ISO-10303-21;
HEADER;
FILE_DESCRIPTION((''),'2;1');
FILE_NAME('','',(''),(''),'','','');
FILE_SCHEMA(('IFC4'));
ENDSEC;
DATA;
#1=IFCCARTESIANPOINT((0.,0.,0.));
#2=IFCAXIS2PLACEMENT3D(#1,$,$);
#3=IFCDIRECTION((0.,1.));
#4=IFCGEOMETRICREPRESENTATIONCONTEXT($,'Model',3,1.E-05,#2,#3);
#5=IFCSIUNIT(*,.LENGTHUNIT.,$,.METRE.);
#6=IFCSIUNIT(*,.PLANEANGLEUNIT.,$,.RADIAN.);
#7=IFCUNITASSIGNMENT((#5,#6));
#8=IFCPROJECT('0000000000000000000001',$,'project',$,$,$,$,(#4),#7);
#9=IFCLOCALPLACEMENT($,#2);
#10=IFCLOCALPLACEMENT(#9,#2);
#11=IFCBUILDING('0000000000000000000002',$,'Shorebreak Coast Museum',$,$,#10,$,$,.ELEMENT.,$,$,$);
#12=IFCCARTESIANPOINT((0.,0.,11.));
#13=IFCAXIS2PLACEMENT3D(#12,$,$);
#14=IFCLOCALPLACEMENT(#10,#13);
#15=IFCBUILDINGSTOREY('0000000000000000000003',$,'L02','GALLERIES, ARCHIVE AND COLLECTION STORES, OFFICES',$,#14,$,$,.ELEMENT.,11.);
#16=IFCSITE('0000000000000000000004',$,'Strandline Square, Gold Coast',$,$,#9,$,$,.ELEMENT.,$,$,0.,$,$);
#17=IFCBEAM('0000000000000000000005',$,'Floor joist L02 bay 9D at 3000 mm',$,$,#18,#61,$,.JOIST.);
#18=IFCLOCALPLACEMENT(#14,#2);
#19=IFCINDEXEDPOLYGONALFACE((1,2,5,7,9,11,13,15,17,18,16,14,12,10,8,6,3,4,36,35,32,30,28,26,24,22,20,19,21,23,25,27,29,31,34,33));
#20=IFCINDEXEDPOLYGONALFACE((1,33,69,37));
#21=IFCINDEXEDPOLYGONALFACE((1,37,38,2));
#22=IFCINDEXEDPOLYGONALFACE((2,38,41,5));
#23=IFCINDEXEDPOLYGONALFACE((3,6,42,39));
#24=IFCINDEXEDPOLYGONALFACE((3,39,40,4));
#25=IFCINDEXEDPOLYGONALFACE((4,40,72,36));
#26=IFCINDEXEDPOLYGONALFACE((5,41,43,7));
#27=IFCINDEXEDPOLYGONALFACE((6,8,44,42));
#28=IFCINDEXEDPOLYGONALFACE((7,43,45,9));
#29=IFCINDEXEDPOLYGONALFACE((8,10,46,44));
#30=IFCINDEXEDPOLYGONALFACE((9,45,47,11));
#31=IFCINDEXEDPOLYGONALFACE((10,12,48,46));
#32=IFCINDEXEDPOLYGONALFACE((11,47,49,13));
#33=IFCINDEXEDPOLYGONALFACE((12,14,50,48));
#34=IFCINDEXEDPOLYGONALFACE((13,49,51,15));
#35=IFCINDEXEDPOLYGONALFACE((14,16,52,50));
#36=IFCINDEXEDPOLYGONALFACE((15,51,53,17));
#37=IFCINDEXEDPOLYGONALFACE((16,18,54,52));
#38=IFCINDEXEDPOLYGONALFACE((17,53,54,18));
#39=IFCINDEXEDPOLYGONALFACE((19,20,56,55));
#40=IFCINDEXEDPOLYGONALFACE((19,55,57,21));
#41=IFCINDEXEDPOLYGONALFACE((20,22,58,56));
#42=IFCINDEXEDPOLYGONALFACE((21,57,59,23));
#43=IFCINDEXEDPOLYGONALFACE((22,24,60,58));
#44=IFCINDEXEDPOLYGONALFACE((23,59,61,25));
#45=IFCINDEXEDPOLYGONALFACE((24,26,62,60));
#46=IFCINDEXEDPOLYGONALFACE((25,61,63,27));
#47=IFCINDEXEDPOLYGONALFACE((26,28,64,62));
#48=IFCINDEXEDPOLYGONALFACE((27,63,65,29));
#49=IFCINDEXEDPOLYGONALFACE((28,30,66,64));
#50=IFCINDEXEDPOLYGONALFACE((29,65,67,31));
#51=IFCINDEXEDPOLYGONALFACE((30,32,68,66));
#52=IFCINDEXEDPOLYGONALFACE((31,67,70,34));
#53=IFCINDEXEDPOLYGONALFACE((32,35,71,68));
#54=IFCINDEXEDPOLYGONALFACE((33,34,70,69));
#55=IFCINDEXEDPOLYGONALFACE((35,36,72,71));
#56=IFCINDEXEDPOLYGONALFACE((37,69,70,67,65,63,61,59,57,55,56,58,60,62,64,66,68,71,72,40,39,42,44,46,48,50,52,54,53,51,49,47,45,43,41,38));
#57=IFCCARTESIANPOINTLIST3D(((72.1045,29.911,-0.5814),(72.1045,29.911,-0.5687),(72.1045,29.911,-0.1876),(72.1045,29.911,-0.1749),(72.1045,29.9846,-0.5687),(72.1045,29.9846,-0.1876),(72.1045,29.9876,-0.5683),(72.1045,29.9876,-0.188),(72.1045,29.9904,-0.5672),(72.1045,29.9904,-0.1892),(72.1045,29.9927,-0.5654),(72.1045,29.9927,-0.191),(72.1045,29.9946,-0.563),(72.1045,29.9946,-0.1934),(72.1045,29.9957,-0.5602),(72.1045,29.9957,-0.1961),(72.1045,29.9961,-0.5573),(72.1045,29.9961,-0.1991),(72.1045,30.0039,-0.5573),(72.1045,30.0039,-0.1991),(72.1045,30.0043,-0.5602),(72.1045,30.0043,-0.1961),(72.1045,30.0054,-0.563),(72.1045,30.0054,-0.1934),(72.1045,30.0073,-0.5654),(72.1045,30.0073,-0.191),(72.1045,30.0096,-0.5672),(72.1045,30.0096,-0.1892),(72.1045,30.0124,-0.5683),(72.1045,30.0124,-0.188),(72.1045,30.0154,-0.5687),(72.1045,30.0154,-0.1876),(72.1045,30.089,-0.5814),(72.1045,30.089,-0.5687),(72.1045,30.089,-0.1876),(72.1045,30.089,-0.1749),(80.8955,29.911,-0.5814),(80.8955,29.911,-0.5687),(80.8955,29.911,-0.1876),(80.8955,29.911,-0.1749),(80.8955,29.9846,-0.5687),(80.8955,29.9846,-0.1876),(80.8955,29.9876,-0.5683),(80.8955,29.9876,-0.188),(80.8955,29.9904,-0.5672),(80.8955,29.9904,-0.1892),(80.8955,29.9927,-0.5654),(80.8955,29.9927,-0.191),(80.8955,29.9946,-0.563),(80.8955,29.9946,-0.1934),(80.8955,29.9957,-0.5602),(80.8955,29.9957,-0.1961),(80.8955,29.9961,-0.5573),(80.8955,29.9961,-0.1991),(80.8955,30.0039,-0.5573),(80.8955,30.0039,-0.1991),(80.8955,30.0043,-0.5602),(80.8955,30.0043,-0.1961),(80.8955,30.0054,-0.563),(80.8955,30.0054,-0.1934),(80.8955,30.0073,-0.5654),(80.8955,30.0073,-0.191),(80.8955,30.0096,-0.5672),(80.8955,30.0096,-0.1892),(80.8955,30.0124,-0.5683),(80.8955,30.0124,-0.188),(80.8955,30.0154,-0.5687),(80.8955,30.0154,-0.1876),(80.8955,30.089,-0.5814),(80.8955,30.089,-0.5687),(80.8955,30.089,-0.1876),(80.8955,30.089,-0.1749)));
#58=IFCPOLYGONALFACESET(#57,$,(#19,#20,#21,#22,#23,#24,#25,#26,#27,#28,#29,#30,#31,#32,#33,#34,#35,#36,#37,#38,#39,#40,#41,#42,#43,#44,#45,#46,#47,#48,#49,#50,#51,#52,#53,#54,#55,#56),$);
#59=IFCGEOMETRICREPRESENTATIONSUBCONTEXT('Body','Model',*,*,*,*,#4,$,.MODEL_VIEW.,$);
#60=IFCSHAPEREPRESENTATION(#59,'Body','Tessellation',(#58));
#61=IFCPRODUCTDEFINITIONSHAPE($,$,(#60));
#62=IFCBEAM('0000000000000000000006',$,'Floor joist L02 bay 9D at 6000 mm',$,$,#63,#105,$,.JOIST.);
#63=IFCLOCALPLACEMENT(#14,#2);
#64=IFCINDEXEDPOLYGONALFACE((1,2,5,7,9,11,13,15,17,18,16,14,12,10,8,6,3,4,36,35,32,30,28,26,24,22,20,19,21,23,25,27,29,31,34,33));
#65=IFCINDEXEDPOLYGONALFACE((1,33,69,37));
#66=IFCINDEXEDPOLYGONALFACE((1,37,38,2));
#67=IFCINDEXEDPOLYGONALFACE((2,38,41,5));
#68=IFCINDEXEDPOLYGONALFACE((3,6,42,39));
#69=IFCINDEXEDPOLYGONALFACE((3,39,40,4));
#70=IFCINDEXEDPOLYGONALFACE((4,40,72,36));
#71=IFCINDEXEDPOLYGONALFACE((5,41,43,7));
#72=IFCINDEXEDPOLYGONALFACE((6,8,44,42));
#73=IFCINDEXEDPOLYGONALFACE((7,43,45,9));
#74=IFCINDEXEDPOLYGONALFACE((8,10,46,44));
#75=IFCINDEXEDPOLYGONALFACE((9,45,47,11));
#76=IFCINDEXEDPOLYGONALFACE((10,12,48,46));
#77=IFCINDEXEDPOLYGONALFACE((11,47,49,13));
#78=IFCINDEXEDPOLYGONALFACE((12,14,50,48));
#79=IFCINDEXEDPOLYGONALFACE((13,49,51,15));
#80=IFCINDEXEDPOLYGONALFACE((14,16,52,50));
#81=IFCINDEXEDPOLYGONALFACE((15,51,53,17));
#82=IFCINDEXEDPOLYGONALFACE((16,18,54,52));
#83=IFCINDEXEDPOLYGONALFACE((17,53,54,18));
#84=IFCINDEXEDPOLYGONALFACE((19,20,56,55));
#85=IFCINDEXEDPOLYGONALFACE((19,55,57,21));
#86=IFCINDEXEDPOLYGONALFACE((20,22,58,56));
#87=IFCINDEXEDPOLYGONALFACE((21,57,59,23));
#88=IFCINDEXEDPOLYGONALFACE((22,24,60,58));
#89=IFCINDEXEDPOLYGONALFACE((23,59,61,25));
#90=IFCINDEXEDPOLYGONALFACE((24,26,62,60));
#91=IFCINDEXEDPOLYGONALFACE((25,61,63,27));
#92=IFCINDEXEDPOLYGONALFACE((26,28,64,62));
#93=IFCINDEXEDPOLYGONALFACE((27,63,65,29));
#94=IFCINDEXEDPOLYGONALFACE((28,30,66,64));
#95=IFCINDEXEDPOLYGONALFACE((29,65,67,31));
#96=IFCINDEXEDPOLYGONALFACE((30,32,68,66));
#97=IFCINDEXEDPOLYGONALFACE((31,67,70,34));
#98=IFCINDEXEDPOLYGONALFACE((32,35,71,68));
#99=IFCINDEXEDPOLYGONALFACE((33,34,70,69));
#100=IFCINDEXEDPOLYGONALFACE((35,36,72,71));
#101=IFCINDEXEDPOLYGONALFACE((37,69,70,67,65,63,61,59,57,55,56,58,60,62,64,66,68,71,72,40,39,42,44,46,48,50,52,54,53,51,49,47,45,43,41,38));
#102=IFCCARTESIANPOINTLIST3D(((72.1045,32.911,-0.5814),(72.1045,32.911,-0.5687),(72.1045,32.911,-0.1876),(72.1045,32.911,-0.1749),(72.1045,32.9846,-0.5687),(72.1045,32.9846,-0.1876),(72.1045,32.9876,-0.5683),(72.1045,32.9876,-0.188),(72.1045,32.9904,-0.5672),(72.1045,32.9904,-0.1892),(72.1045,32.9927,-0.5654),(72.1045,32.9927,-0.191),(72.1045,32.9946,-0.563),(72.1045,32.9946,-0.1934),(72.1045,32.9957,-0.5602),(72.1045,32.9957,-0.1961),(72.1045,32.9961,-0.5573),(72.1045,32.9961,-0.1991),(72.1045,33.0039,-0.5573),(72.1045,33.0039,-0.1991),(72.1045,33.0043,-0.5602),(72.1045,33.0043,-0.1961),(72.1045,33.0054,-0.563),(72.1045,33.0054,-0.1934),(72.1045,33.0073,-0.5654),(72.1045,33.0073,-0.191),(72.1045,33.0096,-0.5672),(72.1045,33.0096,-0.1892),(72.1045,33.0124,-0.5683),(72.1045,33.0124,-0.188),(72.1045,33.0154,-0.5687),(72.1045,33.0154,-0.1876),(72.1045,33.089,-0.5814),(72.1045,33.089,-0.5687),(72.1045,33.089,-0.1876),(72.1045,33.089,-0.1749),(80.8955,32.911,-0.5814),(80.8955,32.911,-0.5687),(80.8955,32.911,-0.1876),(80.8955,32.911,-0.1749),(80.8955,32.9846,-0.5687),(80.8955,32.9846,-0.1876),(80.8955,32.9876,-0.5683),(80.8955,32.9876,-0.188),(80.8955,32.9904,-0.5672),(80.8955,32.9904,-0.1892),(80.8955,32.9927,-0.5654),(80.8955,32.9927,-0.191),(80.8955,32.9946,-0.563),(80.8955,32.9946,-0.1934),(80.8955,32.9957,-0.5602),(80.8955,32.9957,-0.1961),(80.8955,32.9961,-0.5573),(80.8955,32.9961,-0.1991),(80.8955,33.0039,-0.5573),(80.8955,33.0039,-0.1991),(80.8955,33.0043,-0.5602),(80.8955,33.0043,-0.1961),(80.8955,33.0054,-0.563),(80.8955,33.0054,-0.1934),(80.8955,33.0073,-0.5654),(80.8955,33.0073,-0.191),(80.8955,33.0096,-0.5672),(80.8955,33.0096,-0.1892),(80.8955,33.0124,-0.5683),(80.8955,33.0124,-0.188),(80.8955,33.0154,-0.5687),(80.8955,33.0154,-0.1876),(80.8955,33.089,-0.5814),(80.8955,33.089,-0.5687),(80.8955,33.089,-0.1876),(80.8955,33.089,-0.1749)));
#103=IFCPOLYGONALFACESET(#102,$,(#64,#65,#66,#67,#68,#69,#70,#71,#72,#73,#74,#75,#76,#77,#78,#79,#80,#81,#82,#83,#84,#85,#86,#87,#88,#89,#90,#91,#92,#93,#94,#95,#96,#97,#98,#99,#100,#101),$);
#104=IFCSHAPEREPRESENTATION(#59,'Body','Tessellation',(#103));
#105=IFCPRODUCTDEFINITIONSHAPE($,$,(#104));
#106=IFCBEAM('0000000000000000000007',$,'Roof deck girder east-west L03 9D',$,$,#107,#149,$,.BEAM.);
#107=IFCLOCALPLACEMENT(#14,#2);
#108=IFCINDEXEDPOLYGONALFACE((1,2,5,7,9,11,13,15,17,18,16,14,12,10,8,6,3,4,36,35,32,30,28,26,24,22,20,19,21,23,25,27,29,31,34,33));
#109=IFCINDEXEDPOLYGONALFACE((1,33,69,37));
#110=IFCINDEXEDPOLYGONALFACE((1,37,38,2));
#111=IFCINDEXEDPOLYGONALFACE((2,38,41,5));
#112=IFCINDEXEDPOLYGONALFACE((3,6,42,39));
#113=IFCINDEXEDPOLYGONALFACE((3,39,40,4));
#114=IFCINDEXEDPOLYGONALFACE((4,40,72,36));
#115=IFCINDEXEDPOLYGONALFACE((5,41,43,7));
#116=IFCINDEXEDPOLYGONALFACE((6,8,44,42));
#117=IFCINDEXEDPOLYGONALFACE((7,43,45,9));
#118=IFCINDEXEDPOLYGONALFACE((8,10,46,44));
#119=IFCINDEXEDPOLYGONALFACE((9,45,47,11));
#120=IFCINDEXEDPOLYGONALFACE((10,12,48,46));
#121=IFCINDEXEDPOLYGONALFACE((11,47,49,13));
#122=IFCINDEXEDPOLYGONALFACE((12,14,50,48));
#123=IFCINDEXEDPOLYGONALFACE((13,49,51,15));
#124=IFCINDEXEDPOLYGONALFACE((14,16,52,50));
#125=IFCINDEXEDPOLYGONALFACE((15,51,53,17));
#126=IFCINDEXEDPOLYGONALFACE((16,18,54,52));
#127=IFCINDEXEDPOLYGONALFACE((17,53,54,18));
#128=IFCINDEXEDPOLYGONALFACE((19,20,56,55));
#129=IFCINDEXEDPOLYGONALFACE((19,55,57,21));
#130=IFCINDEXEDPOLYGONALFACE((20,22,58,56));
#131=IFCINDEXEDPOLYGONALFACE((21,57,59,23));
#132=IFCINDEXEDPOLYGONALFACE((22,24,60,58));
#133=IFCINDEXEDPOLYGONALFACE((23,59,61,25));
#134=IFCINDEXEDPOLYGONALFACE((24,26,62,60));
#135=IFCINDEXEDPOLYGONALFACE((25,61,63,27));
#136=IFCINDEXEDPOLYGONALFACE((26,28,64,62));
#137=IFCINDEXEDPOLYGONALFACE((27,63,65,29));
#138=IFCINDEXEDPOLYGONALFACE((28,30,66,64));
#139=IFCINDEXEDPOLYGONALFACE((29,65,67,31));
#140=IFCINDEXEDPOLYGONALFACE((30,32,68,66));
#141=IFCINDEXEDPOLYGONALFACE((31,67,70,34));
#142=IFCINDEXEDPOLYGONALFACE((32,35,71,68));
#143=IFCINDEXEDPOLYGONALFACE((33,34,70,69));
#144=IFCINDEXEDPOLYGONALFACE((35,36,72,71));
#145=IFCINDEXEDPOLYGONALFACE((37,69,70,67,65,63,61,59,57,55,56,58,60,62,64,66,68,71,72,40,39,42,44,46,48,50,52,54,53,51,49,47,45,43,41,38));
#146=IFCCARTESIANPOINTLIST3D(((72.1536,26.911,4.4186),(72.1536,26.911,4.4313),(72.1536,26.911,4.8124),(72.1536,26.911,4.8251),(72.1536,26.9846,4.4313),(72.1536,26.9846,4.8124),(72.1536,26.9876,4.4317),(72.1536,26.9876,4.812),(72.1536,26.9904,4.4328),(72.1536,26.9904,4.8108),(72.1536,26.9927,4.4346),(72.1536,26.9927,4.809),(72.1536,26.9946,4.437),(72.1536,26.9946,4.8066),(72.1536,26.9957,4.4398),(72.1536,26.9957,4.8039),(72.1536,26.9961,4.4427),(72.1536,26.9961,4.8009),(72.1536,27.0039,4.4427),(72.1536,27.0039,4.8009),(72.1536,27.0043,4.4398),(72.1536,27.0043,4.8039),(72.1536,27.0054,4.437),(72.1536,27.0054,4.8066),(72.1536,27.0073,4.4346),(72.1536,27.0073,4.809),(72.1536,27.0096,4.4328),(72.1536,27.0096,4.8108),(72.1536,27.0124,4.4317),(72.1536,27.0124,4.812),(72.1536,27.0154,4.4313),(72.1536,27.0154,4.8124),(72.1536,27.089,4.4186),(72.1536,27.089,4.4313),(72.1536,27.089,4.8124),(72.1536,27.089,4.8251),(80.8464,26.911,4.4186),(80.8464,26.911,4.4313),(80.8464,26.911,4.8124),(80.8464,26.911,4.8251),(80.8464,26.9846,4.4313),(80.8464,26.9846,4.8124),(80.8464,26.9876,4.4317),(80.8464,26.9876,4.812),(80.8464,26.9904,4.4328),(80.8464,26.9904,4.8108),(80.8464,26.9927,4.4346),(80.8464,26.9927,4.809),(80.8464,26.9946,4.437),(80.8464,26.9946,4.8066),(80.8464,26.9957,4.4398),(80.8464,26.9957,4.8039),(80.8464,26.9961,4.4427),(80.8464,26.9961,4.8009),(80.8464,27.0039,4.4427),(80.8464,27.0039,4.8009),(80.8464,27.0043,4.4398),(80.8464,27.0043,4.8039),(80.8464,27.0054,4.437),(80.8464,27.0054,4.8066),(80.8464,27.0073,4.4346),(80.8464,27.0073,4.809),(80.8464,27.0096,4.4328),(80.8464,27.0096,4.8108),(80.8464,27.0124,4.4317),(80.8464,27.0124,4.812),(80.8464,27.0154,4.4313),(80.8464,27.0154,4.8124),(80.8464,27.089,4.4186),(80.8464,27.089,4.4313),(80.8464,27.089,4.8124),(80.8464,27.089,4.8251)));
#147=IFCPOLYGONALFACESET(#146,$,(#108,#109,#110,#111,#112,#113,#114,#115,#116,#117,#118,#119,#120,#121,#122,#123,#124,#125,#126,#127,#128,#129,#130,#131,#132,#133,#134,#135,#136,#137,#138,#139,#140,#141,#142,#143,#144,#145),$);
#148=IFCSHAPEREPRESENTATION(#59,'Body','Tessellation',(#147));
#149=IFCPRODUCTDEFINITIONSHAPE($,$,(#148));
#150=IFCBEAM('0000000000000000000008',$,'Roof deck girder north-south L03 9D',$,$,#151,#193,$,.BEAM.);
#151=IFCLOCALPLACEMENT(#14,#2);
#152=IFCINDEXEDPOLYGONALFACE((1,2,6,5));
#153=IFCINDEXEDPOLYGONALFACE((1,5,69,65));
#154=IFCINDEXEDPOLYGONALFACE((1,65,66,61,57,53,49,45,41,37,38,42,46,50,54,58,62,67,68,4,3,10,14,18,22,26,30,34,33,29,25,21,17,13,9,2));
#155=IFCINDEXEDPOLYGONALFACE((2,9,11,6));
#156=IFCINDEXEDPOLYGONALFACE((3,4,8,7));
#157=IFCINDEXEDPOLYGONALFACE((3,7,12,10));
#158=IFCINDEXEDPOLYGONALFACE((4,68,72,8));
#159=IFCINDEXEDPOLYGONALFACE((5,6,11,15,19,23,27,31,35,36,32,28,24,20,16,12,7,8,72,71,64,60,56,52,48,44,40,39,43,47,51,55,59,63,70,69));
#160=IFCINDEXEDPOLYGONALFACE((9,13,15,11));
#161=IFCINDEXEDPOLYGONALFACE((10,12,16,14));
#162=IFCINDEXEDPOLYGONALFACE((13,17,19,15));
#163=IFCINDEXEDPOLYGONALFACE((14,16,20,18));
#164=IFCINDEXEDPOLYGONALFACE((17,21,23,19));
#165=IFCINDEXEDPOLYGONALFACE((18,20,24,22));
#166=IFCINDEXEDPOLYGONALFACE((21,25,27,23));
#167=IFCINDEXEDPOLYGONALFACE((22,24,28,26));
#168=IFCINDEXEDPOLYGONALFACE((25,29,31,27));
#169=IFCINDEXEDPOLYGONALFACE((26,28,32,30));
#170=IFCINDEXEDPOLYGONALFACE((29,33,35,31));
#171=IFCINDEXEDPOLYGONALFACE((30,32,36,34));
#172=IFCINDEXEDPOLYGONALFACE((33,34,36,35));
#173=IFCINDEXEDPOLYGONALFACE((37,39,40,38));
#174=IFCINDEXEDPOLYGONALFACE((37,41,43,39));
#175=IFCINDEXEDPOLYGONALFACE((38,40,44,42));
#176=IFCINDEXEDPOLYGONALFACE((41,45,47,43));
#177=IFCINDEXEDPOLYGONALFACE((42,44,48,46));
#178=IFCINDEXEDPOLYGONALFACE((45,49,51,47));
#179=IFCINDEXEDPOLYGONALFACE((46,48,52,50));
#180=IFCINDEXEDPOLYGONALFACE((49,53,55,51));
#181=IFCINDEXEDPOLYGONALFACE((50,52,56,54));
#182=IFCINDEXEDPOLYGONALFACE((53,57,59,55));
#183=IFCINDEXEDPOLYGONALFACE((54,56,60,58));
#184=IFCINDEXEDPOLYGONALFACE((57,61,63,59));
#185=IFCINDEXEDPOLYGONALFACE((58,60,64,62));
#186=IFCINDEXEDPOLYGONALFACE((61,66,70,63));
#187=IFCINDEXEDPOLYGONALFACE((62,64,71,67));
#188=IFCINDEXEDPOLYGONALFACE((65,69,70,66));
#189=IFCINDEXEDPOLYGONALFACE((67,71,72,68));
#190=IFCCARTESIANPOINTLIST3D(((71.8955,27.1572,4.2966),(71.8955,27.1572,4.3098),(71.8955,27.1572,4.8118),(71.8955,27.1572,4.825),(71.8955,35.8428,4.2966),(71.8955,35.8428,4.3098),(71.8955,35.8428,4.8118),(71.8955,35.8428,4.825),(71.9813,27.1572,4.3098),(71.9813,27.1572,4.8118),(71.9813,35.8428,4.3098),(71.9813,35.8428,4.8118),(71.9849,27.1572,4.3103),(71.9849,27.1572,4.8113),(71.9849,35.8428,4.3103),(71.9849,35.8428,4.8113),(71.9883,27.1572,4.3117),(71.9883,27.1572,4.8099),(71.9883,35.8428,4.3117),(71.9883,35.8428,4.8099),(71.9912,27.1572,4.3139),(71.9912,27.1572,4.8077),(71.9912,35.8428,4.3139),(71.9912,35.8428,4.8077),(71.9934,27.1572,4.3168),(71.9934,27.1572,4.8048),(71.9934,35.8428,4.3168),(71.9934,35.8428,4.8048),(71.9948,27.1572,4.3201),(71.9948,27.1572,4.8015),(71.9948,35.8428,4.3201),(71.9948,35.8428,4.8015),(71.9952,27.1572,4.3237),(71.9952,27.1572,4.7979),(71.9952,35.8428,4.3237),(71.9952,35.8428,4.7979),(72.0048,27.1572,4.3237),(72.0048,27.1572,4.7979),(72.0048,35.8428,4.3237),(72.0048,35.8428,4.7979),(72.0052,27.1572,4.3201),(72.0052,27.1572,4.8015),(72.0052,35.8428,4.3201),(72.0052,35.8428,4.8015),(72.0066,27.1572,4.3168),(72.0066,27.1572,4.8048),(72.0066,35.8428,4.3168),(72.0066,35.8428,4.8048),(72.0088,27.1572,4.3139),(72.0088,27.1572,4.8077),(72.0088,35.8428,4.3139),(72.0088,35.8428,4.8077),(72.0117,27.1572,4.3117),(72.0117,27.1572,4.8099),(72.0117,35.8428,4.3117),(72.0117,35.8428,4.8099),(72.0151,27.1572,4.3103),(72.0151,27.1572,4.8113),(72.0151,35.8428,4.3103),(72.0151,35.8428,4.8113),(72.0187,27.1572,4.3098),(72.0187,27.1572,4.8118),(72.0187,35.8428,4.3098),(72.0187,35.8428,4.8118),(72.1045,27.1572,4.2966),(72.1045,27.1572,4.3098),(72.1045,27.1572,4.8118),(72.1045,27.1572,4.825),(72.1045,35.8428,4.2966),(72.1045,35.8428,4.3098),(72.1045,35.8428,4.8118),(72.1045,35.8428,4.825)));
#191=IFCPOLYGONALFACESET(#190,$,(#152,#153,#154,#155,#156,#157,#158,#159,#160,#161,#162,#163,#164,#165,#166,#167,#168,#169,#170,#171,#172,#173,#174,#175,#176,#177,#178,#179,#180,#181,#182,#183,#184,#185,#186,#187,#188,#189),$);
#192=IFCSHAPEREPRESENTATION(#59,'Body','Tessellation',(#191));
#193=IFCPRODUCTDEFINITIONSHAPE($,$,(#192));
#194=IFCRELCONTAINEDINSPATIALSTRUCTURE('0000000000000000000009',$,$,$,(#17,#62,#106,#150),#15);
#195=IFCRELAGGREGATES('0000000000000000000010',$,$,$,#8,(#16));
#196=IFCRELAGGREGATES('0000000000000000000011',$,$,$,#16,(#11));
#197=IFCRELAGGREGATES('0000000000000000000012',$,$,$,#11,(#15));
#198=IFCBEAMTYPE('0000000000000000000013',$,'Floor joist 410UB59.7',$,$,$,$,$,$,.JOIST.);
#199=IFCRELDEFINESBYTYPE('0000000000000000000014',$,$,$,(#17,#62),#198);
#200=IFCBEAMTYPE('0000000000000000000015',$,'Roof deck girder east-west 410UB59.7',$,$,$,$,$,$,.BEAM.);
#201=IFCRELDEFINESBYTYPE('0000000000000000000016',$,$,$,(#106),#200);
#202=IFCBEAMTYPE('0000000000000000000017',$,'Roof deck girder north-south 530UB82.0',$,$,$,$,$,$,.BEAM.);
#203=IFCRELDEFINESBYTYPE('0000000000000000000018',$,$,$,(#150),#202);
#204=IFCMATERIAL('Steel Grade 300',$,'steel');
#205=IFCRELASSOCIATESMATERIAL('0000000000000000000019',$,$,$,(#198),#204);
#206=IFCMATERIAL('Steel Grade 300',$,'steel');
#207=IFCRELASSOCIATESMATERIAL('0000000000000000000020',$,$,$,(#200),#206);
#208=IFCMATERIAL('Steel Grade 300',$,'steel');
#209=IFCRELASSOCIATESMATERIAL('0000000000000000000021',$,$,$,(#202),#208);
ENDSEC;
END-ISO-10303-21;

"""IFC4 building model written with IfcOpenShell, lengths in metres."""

from ifc_helpers import new_model, si_unit, direction, frame, origin, origin_2d, place, context, subcontext, project, spatial, i_section, extrude, material, material_profile, profile_set, type_object, element, save


model = new_model("IFC4")

# Units and contexts
model_context = context("Model", 3, precision=1e-05, world=origin(), true_north=direction((0.0, 1.0)))
body_context = subcontext(model_context, "Body", "Model", "MODEL_VIEW")
ifc_project = project(units=[si_unit("LENGTHUNIT", "METRE"), si_unit("PLANEANGLEUNIT", "RADIAN")], contexts=[model_context])

# Site, building, storey
site_placement = place(None, origin())
site = spatial("IfcSite", under=ifc_project, at=site_placement, Name="Strandline Square, Gold Coast", CompositionType="ELEMENT", RefElevation=0.0)
building_placement = place(site_placement, origin())
building = spatial("IfcBuilding", under=site, at=building_placement, Name="Shorebreak Coast Museum", CompositionType="ELEMENT")
storey_placement = place(building_placement, frame((0.0, 0.0, 11.0)))
storey = spatial("IfcBuildingStorey", under=building, at=storey_placement, Name="L02", Description="GALLERIES, ARCHIVE AND COLLECTION STORES, OFFICES", CompositionType="ELEMENT", Elevation=11.0)

# Beams
ifc_material_1 = material(Name="Steel Grade 300", Category="steel")
ifc_material_profile_1 = material_profile(ifc_material_1, i_section(OverallWidth=0.178, OverallDepth=0.4065, WebThickness=0.0078, FlangeThickness=0.0127, FilletRadius=0.0115, at=origin_2d()), Name="410UB59.7")
ifc_profile_set_1 = profile_set([ifc_material_profile_1], Name="Steel Grade 300")
beam_type_1 = type_object("IfcBeamType", Name="Floor joist 410UB59.7", PredefinedType="JOIST", material=ifc_profile_set_1)
for number, where, z_axis, x_axis, name in (
    (1, (72.1045, 30.0, -0.3782), (1.0, 0.0, 0.0), (0.0, 1.0, 0.0), "Floor joist L02 bay 9D at 3000 mm"),
    (2, (72.1045, 33.0, -0.3782), (1.0, 0.0, 0.0), (0.0, 1.0, 0.0), "Floor joist L02 bay 9D at 6000 mm"),
):
    element("IfcBeam", number, at=place(storey_placement, frame(where, z_axis=z_axis, x_axis=x_axis)), inside=storey, type_object=beam_type_1, Name=name, PredefinedType="JOIST", context=body_context, shape_type="SweptSolid", body=[
        extrude(i_section(OverallWidth=0.178, OverallDepth=0.4065, WebThickness=0.0078, FlangeThickness=0.0127, FilletRadius=0.0115, at=origin_2d()), origin(), (0.0, 0.0, 1.0), 8.791),
    ])
ifc_material_2 = material(Name="Steel Grade 300", Category="steel")
ifc_material_profile_2 = material_profile(ifc_material_2, i_section(OverallWidth=0.178, OverallDepth=0.4065, WebThickness=0.0078, FlangeThickness=0.0127, FilletRadius=0.0115, at=origin_2d()), Name="410UB59.7")
ifc_profile_set_2 = profile_set([ifc_material_profile_2], Name="Steel Grade 300")
beam_type_2 = type_object("IfcBeamType", Name="Roof deck girder east-west 410UB59.7", PredefinedType="BEAM", material=ifc_profile_set_2)
beam_1_placement = place(storey_placement, frame((72.1536, 27.0, 4.6218), z_axis=(1.0, 0.0, 0.0), x_axis=(0.0, 1.0, 0.0)))
element("IfcBeam", 3, at=beam_1_placement, inside=storey, type_object=beam_type_2, Name="Roof deck girder east-west L03 9D", PredefinedType="BEAM", context=body_context, shape_type="SweptSolid", body=[
    extrude(i_section(OverallWidth=0.178, OverallDepth=0.4065, WebThickness=0.0078, FlangeThickness=0.0127, FilletRadius=0.0115, at=origin_2d()), origin(), (0.0, 0.0, 1.0), 8.6929),
])
ifc_material_3 = material(Name="Steel Grade 300", Category="steel")
ifc_material_profile_3 = material_profile(ifc_material_3, i_section(OverallWidth=0.209, OverallDepth=0.5283, WebThickness=0.0095, FlangeThickness=0.0132, FilletRadius=0.0139, at=origin_2d()), Name="530UB82.0")
ifc_profile_set_3 = profile_set([ifc_material_profile_3], Name="Steel Grade 300")
beam_type_3 = type_object("IfcBeamType", Name="Roof deck girder north-south 530UB82.0", PredefinedType="BEAM", material=ifc_profile_set_3)
beam_2_placement = place(storey_placement, frame((72.0, 27.1572, 4.5608), z_axis=(0.0, 1.0, 0.0), x_axis=(-1.0, 0.0, 0.0)))
element("IfcBeam", 4, at=beam_2_placement, inside=storey, type_object=beam_type_3, Name="Roof deck girder north-south L03 9D", PredefinedType="BEAM", context=body_context, shape_type="SweptSolid", body=[
    extrude(i_section(OverallWidth=0.209, OverallDepth=0.5283, WebThickness=0.0095, FlangeThickness=0.0132, FilletRadius=0.0139, at=origin_2d()), origin(), (0.0, 0.0, 1.0), 8.6855),
])

save(model, "model.ifc")
